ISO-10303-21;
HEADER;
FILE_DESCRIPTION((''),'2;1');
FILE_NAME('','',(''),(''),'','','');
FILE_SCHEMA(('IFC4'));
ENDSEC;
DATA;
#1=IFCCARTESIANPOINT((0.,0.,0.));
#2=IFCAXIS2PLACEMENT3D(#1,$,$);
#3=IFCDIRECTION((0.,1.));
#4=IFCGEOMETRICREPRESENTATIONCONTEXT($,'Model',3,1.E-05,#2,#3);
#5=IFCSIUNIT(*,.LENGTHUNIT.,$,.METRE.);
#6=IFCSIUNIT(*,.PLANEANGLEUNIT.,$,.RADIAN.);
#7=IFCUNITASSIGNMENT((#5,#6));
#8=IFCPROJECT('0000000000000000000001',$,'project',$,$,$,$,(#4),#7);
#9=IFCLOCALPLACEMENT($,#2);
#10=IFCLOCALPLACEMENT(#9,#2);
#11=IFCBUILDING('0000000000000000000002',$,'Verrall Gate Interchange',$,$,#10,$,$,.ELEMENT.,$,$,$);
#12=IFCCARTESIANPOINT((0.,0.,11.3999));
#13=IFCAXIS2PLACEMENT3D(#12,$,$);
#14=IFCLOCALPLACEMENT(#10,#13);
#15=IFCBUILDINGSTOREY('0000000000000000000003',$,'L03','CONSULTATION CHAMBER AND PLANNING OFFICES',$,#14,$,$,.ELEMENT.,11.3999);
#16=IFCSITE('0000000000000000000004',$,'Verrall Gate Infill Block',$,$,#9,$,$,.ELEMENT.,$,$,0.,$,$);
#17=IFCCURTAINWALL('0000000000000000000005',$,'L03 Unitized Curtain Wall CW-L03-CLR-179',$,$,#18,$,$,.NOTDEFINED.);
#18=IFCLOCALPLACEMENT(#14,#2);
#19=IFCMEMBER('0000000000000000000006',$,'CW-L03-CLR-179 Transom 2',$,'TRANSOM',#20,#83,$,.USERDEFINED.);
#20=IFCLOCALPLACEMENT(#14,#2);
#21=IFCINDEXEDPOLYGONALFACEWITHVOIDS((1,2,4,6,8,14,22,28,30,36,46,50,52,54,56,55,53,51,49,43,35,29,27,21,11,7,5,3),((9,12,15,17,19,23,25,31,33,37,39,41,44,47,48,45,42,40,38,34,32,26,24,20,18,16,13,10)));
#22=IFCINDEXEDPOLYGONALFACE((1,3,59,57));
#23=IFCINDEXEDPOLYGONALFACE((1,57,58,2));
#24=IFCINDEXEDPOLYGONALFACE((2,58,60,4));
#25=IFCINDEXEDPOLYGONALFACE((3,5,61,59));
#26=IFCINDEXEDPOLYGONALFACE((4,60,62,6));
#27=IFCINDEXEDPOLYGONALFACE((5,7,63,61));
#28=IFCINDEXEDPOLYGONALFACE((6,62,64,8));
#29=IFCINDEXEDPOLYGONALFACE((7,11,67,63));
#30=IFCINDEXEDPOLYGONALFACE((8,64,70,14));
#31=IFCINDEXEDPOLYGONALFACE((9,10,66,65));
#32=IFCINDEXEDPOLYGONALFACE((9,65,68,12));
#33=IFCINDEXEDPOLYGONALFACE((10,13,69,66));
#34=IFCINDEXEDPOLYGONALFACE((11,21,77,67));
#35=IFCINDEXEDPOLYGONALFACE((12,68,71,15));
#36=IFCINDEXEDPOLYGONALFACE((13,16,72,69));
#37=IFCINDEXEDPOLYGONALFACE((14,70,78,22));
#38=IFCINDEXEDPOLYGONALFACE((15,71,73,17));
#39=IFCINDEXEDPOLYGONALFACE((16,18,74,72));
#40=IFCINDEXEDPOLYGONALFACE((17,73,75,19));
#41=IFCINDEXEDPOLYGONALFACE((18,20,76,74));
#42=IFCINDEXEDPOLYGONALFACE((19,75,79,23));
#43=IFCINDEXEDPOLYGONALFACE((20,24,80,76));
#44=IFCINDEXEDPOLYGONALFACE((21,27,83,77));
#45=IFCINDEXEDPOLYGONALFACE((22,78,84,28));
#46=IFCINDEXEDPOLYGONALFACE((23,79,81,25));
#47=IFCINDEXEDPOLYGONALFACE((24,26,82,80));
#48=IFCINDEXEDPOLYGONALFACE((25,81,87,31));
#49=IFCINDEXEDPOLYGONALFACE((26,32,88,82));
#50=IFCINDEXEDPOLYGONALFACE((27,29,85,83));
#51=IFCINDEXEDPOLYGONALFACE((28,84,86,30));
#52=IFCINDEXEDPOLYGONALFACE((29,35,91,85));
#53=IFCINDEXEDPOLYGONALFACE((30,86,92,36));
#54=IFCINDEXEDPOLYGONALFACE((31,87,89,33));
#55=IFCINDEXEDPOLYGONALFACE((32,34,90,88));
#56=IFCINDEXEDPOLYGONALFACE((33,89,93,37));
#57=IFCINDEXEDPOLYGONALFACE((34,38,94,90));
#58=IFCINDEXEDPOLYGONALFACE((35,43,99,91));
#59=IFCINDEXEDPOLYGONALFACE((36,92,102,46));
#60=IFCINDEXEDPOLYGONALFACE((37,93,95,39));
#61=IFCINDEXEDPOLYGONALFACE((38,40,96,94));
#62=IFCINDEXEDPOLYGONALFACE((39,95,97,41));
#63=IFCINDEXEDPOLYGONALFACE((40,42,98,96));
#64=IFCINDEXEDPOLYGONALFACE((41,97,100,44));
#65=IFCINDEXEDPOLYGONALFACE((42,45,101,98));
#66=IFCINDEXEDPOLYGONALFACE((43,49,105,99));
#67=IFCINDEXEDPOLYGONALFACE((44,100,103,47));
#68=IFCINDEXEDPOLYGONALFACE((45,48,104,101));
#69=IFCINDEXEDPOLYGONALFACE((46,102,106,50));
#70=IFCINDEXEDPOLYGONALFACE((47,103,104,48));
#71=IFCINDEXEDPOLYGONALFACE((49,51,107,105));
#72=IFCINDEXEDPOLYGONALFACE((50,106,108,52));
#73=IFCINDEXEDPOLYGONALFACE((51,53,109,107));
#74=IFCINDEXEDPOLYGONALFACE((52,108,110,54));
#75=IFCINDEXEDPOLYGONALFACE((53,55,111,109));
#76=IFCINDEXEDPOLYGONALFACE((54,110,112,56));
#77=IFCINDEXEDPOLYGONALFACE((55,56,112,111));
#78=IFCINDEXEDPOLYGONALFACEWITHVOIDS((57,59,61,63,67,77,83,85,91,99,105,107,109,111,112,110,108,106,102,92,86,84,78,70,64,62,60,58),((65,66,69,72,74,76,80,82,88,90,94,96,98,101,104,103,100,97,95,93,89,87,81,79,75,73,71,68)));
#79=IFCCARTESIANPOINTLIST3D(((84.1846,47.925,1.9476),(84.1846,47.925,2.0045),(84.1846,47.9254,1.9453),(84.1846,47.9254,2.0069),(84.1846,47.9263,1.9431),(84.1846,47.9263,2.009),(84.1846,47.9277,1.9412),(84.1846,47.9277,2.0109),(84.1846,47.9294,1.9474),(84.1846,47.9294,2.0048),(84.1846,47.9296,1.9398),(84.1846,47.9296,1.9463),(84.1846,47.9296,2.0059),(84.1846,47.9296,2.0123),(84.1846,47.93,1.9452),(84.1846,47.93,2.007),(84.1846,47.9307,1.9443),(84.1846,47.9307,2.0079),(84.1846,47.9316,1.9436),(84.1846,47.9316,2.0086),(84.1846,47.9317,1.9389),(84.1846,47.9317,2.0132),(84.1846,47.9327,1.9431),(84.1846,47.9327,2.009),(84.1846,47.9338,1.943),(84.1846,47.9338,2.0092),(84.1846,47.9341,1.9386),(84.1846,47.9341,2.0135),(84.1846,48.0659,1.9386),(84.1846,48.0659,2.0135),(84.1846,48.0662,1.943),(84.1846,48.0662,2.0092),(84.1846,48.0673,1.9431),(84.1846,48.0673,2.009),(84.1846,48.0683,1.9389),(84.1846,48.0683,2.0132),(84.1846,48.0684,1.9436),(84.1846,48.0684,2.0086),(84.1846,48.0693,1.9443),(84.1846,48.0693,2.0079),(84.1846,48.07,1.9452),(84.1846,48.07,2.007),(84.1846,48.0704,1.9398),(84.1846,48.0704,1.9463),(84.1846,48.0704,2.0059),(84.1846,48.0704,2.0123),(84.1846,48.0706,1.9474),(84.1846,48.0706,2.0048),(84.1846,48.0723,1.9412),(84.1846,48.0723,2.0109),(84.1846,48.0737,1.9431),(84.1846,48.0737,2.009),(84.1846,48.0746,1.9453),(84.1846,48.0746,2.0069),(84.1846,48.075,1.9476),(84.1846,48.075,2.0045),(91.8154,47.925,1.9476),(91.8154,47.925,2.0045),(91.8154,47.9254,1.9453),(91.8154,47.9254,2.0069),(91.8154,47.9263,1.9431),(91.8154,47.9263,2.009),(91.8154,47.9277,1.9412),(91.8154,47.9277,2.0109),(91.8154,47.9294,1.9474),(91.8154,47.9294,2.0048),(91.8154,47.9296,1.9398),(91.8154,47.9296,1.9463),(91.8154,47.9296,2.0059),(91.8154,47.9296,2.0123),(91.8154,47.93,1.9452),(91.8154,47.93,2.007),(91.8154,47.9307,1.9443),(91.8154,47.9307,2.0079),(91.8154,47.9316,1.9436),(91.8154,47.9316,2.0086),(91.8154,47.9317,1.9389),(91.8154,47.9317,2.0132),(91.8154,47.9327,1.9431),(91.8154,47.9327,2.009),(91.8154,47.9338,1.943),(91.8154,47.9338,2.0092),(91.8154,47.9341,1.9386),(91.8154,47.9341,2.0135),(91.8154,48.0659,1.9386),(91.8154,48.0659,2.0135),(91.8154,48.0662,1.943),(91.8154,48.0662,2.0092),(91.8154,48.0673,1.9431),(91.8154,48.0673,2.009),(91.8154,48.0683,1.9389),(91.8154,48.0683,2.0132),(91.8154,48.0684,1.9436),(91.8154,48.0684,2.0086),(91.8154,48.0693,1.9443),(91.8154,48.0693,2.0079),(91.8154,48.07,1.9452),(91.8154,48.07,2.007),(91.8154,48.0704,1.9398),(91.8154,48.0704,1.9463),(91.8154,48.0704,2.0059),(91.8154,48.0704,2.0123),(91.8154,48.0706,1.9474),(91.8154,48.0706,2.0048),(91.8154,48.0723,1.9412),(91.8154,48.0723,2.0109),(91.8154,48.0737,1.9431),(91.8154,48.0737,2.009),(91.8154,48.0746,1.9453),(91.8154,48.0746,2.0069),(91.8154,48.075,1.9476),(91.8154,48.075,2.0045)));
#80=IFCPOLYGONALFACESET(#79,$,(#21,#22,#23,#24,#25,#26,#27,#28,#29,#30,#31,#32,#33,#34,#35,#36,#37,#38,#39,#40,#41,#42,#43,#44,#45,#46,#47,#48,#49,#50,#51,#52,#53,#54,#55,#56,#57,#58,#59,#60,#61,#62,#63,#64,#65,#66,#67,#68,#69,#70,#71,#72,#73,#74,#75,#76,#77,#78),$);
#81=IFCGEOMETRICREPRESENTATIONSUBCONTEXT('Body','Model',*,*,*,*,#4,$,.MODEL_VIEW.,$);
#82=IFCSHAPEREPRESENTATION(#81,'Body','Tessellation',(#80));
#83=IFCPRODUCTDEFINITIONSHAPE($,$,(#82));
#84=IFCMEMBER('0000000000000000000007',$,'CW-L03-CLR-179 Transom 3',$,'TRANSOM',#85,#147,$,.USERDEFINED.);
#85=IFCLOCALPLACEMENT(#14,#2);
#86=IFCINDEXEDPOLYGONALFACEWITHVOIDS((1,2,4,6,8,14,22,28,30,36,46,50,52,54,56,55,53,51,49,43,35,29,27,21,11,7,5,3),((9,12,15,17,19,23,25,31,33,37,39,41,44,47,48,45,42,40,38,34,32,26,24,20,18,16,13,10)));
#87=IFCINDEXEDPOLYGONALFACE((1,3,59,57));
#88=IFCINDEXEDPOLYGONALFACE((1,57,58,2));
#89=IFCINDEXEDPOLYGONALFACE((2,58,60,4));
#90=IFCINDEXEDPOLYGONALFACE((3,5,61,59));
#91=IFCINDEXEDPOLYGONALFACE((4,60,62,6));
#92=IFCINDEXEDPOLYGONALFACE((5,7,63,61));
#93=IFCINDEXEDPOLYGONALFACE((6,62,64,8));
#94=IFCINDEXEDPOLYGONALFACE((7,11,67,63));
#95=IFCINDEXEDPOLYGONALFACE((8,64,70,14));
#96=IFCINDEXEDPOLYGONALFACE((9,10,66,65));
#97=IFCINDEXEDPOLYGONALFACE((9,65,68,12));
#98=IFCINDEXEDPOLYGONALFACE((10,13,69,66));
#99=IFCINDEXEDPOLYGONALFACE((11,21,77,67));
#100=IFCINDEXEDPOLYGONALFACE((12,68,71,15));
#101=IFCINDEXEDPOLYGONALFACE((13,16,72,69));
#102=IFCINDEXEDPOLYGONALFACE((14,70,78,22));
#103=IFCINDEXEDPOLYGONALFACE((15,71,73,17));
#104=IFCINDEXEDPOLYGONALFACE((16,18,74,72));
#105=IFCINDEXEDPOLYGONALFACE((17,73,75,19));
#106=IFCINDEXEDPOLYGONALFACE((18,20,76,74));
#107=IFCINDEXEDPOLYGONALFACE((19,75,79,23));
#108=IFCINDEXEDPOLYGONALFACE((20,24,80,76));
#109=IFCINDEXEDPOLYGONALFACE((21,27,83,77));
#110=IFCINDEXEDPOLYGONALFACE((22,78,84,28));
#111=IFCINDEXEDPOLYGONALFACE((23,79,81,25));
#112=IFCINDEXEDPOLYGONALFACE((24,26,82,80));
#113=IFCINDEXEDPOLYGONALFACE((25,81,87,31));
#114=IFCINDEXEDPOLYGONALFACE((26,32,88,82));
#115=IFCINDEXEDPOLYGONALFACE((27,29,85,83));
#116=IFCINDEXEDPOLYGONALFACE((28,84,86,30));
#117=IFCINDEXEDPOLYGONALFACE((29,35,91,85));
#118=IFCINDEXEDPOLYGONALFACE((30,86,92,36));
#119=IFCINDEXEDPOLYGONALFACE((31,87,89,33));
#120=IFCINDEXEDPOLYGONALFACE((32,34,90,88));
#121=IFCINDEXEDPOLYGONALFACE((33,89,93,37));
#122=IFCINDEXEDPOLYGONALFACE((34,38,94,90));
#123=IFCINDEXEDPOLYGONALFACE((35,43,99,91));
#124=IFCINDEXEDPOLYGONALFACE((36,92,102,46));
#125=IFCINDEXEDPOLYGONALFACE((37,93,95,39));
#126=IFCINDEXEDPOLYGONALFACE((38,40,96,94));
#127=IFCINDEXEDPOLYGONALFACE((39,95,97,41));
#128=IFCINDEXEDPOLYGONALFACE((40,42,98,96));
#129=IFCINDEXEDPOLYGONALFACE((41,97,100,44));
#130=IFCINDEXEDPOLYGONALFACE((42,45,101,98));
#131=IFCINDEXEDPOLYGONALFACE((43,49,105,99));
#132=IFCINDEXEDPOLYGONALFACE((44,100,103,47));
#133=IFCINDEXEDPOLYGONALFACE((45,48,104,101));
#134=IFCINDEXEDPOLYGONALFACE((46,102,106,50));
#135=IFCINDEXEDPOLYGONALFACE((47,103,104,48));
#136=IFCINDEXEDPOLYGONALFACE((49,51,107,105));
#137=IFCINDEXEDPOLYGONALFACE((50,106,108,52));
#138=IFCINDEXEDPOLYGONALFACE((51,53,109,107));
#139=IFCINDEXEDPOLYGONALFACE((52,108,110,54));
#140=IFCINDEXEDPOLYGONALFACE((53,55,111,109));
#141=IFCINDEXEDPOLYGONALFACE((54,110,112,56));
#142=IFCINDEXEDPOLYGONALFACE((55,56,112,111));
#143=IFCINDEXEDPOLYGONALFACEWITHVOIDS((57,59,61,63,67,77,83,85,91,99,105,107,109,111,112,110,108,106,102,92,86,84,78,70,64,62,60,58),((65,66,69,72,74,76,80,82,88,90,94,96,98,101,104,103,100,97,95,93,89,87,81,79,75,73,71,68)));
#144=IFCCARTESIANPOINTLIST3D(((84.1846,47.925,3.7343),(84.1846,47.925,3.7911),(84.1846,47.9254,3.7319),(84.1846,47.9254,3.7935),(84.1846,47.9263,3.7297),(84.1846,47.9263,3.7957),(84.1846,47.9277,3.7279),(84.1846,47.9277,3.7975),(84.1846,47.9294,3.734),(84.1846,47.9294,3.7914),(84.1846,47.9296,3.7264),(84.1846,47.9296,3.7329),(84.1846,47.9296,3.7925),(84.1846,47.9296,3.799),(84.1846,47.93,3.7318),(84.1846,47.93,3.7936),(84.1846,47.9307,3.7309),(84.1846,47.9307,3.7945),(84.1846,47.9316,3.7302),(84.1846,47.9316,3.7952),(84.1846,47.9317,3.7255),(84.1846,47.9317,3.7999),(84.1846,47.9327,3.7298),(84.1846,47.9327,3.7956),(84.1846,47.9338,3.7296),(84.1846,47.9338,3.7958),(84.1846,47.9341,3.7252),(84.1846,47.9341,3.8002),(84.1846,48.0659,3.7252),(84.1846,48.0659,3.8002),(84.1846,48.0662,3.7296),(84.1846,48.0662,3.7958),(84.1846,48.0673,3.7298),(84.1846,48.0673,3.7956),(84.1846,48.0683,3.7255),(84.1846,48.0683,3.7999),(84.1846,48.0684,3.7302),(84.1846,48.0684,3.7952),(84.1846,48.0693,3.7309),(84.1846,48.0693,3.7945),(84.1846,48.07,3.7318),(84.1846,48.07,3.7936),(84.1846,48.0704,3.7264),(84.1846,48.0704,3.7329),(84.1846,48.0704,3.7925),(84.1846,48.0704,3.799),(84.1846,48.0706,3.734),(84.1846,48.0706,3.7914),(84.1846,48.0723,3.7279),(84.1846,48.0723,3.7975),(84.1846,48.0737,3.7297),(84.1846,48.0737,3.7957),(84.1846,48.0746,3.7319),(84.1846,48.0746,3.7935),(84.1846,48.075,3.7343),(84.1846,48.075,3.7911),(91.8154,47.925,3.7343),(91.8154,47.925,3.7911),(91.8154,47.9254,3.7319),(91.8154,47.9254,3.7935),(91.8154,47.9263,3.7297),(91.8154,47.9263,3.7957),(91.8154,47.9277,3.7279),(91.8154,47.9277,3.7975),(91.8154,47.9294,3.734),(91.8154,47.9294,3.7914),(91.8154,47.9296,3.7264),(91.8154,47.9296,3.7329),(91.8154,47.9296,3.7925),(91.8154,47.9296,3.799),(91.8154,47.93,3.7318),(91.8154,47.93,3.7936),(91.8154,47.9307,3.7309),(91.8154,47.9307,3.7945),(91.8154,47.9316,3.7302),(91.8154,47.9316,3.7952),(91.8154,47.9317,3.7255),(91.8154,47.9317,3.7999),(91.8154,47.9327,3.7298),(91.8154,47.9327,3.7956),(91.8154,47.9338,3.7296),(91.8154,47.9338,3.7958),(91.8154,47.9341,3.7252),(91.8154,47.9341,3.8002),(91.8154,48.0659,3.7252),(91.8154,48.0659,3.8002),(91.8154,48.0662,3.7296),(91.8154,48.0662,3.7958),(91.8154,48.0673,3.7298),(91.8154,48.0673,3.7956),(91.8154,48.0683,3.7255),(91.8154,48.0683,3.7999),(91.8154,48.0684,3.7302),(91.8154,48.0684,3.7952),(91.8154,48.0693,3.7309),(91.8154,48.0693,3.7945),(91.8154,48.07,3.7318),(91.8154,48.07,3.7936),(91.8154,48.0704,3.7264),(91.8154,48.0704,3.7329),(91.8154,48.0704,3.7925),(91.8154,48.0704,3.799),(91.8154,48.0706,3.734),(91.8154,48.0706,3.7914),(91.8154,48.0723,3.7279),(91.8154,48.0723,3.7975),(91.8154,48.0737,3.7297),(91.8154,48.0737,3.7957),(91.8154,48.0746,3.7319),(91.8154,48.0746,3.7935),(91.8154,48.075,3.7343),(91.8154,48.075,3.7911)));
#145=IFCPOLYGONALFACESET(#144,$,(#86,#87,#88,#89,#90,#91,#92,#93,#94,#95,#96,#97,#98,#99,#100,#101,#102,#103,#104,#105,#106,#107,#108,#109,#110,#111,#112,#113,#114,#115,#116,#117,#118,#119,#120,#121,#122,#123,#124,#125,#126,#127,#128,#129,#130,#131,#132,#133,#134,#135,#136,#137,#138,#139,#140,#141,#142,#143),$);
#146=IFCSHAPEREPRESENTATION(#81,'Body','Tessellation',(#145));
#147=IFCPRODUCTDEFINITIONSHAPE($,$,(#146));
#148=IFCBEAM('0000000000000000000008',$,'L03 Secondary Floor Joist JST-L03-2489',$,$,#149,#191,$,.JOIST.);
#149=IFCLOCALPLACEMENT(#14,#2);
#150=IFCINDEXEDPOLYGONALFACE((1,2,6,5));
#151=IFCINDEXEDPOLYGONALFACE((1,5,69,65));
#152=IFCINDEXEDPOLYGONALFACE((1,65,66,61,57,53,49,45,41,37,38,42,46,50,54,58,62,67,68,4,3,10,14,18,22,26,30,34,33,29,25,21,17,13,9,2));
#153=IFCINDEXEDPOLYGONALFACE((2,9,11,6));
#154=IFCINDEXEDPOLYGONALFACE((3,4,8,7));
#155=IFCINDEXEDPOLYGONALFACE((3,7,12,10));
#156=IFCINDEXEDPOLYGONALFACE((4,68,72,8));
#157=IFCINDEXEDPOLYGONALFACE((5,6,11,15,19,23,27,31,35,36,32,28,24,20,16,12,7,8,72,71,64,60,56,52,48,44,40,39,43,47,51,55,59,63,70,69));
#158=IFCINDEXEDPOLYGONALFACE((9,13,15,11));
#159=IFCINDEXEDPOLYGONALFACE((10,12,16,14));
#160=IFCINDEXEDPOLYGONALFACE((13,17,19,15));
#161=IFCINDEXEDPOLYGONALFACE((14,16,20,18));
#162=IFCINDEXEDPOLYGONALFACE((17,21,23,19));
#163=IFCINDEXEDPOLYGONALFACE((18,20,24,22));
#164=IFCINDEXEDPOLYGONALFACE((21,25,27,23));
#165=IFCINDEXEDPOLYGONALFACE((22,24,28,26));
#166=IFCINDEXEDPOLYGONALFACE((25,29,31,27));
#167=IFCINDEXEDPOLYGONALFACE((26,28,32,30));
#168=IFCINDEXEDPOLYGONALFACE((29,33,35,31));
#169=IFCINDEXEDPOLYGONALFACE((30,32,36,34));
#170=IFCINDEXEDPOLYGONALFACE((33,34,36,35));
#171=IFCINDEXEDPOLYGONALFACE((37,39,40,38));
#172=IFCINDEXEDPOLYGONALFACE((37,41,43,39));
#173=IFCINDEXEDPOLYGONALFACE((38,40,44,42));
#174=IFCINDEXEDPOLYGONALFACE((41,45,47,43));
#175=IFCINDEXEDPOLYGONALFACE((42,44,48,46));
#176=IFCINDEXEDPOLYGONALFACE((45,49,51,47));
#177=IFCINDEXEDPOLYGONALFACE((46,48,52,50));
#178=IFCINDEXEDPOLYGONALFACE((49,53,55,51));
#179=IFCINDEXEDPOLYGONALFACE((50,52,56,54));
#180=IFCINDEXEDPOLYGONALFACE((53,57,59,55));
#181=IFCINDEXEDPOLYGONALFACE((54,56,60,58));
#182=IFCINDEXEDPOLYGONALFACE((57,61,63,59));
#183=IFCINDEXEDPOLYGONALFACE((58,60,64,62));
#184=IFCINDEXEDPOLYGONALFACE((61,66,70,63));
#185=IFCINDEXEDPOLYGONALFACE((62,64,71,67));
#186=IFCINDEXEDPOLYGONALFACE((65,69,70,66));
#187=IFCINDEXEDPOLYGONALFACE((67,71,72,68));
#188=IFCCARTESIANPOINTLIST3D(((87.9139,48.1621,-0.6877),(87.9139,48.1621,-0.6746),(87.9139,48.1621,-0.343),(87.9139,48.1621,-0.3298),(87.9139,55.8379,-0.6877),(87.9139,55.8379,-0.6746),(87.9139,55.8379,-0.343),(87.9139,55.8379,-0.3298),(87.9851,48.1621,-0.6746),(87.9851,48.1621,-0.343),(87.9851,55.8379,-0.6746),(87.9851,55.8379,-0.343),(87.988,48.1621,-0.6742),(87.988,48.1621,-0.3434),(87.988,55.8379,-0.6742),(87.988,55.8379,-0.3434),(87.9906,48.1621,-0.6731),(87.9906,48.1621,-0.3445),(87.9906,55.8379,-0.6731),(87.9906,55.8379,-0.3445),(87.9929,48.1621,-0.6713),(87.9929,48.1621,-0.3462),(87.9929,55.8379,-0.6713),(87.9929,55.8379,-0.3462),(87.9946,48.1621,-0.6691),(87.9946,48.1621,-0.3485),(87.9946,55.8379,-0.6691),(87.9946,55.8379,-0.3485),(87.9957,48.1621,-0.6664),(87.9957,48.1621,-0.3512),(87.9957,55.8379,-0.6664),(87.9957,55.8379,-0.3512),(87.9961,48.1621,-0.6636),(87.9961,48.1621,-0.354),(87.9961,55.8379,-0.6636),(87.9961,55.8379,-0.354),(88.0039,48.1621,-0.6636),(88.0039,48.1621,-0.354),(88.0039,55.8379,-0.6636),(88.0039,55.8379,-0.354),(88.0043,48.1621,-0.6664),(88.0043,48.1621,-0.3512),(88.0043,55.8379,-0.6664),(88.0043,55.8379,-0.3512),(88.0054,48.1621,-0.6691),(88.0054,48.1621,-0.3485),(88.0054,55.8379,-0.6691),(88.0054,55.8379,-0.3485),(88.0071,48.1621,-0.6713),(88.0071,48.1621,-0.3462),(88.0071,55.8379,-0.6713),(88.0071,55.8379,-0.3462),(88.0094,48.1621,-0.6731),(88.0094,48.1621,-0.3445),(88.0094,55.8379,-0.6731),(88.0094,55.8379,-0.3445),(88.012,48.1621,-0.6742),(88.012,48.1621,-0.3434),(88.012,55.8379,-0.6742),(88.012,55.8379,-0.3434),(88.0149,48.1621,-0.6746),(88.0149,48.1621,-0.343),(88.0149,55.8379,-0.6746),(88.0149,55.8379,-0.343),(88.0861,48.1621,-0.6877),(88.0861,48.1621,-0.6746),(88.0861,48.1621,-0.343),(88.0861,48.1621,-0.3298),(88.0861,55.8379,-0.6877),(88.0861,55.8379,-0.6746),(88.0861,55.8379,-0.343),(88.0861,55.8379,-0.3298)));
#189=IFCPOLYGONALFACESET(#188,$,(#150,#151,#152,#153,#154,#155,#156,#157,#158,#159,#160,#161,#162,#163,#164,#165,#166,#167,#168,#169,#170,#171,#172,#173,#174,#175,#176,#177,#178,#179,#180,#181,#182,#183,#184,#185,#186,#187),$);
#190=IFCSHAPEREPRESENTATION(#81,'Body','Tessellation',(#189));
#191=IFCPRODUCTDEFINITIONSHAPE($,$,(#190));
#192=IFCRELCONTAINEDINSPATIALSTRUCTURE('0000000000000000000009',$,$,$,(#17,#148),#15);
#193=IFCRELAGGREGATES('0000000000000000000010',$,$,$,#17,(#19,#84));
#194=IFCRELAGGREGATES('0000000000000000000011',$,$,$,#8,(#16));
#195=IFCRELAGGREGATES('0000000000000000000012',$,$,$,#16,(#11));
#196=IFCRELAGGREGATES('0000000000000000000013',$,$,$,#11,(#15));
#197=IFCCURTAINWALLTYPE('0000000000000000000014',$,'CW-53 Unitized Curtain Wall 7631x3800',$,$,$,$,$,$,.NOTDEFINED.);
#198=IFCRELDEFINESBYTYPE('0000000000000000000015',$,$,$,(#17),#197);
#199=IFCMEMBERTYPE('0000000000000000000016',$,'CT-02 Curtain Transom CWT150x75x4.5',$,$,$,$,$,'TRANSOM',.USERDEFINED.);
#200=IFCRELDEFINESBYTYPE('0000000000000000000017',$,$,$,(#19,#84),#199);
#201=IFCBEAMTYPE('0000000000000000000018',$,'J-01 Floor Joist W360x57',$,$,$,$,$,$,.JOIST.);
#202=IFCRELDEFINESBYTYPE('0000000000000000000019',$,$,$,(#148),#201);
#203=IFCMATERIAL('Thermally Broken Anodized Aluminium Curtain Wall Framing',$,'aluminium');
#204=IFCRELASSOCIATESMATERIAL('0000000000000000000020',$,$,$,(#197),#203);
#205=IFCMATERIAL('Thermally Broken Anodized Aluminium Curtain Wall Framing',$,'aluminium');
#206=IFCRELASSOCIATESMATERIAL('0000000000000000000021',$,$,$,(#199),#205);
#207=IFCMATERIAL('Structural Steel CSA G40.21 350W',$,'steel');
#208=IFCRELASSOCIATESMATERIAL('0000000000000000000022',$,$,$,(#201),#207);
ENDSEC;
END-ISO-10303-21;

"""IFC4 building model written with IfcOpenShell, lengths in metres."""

from ifc_helpers import new_model, si_unit, direction, frame, origin, origin_2d, place, context, subcontext, project, spatial, hollow_rectangle, i_section, extrude, material, material_profile, profile_set, type_object, element, aggregate, save


model = new_model("IFC4")

# Units and contexts
model_context = context("Model", 3, precision=1e-05, world=origin(), true_north=direction((0.0, 1.0)))
body_context = subcontext(model_context, "Body", "Model", "MODEL_VIEW")
ifc_project = project(units=[si_unit("LENGTHUNIT", "METRE"), si_unit("PLANEANGLEUNIT", "RADIAN")], contexts=[model_context])

# Site, building, storey
site_placement = place(None, origin())
site = spatial("IfcSite", under=ifc_project, at=site_placement, Name="Verrall Gate Infill Block", CompositionType="ELEMENT", RefElevation=0.0)
building_placement = place(site_placement, origin())
building = spatial("IfcBuilding", under=site, at=building_placement, Name="Verrall Gate Interchange", CompositionType="ELEMENT")
storey_placement = place(building_placement, frame((0.0, 0.0, 11.3999)))
storey = spatial("IfcBuildingStorey", under=building, at=storey_placement, Name="L03", Description="CONSULTATION CHAMBER AND PLANNING OFFICES", CompositionType="ELEMENT", Elevation=11.3999)

# Curtain wall, members
ifc_material_1 = material(Name="Thermally Broken Anodized Aluminium Curtain Wall Framing", Category="aluminium")
curtain_wall_type = type_object("IfcCurtainWallType", Name="CW-53 Unitized Curtain Wall 7631x3800", PredefinedType="NOTDEFINED", material=ifc_material_1)
curtain_wall_1_placement = place(storey_placement, origin())
curtain_wall_1 = element("IfcCurtainWall", 1, at=curtain_wall_1_placement, inside=storey, type_object=curtain_wall_type, Name="L03 Unitized Curtain Wall CW-L03-CLR-179", PredefinedType="NOTDEFINED")
ifc_material_2 = material(Name="Thermally Broken Anodized Aluminium Curtain Wall Framing", Category="aluminium")
ifc_material_profile_1 = material_profile(ifc_material_2, hollow_rectangle(XDim=0.1499, YDim=0.075, WallThickness=0.0044, InnerFilletRadius=0.0044, OuterFilletRadius=0.009, at=origin_2d()), Name="CWT150x75x4.5")
ifc_profile_set_1 = profile_set([ifc_material_profile_1], Name="Thermally Broken Anodized Aluminium Curtain Wall Framing")
member_type_1 = type_object("IfcMemberType", Name="CT-02 Curtain Transom CWT150x75x4.5", ElementType="TRANSOM", PredefinedType="USERDEFINED", material=ifc_profile_set_1)
member_1_placement = place(storey_placement, frame((84.1846, 48.0, 1.9761), z_axis=(1.0, 0.0, 0.0), x_axis=(0.0, 1.0, 0.0)))
member_1 = element("IfcMember", 2, at=member_1_placement, type_object=member_type_1, Name="CW-L03-CLR-179 Transom 2", ObjectType="TRANSOM", PredefinedType="USERDEFINED", context=body_context, shape_type="SweptSolid", body=[
    extrude(hollow_rectangle(XDim=0.1499, YDim=0.075, WallThickness=0.0044, InnerFilletRadius=0.0044, OuterFilletRadius=0.009, at=origin_2d()), origin(), (0.0, 0.0, 1.0), 7.6309),
])
member_2_placement = place(storey_placement, frame((84.1846, 48.0, 3.7627), z_axis=(1.0, 0.0, 0.0), x_axis=(0.0, 1.0, 0.0)))
member_2 = element("IfcMember", 3, at=member_2_placement, type_object=member_type_1, Name="CW-L03-CLR-179 Transom 3", ObjectType="TRANSOM", PredefinedType="USERDEFINED", context=body_context, shape_type="SweptSolid", body=[
    extrude(hollow_rectangle(XDim=0.1499, YDim=0.075, WallThickness=0.0044, InnerFilletRadius=0.0044, OuterFilletRadius=0.009, at=origin_2d()), origin(), (0.0, 0.0, 1.0), 7.6309),
])

# Beam
ifc_material_3 = material(Name="Structural Steel CSA G40.21 350W", Category="steel")
ifc_material_profile_2 = material_profile(ifc_material_3, i_section(OverallWidth=0.1721, OverallDepth=0.3579, WebThickness=0.0078, FlangeThickness=0.0132, FilletRadius=0.011, at=origin_2d()), Name="W360x57")
ifc_profile_set_2 = profile_set([ifc_material_profile_2], Name="Structural Steel CSA G40.21 350W")
beam_type_1 = type_object("IfcBeamType", Name="J-01 Floor Joist W360x57", PredefinedType="JOIST", material=ifc_profile_set_2)
beam_1_placement = place(storey_placement, frame((88.0, 48.1621, -0.5088), z_axis=(0.0, 1.0, 0.0), x_axis=(-1.0, 0.0, 0.0)))
element("IfcBeam", 4, at=beam_1_placement, inside=storey, type_object=beam_type_1, Name="L03 Secondary Floor Joist JST-L03-2489", PredefinedType="JOIST", context=body_context, shape_type="SweptSolid", body=[
    extrude(i_section(OverallWidth=0.1721, OverallDepth=0.3579, WebThickness=0.0078, FlangeThickness=0.0132, FilletRadius=0.011, at=origin_2d()), origin(), (0.0, 0.0, 1.0), 7.6758),
])

aggregate(curtain_wall_1, [member_1, member_2])

save(model, "model.ifc")
